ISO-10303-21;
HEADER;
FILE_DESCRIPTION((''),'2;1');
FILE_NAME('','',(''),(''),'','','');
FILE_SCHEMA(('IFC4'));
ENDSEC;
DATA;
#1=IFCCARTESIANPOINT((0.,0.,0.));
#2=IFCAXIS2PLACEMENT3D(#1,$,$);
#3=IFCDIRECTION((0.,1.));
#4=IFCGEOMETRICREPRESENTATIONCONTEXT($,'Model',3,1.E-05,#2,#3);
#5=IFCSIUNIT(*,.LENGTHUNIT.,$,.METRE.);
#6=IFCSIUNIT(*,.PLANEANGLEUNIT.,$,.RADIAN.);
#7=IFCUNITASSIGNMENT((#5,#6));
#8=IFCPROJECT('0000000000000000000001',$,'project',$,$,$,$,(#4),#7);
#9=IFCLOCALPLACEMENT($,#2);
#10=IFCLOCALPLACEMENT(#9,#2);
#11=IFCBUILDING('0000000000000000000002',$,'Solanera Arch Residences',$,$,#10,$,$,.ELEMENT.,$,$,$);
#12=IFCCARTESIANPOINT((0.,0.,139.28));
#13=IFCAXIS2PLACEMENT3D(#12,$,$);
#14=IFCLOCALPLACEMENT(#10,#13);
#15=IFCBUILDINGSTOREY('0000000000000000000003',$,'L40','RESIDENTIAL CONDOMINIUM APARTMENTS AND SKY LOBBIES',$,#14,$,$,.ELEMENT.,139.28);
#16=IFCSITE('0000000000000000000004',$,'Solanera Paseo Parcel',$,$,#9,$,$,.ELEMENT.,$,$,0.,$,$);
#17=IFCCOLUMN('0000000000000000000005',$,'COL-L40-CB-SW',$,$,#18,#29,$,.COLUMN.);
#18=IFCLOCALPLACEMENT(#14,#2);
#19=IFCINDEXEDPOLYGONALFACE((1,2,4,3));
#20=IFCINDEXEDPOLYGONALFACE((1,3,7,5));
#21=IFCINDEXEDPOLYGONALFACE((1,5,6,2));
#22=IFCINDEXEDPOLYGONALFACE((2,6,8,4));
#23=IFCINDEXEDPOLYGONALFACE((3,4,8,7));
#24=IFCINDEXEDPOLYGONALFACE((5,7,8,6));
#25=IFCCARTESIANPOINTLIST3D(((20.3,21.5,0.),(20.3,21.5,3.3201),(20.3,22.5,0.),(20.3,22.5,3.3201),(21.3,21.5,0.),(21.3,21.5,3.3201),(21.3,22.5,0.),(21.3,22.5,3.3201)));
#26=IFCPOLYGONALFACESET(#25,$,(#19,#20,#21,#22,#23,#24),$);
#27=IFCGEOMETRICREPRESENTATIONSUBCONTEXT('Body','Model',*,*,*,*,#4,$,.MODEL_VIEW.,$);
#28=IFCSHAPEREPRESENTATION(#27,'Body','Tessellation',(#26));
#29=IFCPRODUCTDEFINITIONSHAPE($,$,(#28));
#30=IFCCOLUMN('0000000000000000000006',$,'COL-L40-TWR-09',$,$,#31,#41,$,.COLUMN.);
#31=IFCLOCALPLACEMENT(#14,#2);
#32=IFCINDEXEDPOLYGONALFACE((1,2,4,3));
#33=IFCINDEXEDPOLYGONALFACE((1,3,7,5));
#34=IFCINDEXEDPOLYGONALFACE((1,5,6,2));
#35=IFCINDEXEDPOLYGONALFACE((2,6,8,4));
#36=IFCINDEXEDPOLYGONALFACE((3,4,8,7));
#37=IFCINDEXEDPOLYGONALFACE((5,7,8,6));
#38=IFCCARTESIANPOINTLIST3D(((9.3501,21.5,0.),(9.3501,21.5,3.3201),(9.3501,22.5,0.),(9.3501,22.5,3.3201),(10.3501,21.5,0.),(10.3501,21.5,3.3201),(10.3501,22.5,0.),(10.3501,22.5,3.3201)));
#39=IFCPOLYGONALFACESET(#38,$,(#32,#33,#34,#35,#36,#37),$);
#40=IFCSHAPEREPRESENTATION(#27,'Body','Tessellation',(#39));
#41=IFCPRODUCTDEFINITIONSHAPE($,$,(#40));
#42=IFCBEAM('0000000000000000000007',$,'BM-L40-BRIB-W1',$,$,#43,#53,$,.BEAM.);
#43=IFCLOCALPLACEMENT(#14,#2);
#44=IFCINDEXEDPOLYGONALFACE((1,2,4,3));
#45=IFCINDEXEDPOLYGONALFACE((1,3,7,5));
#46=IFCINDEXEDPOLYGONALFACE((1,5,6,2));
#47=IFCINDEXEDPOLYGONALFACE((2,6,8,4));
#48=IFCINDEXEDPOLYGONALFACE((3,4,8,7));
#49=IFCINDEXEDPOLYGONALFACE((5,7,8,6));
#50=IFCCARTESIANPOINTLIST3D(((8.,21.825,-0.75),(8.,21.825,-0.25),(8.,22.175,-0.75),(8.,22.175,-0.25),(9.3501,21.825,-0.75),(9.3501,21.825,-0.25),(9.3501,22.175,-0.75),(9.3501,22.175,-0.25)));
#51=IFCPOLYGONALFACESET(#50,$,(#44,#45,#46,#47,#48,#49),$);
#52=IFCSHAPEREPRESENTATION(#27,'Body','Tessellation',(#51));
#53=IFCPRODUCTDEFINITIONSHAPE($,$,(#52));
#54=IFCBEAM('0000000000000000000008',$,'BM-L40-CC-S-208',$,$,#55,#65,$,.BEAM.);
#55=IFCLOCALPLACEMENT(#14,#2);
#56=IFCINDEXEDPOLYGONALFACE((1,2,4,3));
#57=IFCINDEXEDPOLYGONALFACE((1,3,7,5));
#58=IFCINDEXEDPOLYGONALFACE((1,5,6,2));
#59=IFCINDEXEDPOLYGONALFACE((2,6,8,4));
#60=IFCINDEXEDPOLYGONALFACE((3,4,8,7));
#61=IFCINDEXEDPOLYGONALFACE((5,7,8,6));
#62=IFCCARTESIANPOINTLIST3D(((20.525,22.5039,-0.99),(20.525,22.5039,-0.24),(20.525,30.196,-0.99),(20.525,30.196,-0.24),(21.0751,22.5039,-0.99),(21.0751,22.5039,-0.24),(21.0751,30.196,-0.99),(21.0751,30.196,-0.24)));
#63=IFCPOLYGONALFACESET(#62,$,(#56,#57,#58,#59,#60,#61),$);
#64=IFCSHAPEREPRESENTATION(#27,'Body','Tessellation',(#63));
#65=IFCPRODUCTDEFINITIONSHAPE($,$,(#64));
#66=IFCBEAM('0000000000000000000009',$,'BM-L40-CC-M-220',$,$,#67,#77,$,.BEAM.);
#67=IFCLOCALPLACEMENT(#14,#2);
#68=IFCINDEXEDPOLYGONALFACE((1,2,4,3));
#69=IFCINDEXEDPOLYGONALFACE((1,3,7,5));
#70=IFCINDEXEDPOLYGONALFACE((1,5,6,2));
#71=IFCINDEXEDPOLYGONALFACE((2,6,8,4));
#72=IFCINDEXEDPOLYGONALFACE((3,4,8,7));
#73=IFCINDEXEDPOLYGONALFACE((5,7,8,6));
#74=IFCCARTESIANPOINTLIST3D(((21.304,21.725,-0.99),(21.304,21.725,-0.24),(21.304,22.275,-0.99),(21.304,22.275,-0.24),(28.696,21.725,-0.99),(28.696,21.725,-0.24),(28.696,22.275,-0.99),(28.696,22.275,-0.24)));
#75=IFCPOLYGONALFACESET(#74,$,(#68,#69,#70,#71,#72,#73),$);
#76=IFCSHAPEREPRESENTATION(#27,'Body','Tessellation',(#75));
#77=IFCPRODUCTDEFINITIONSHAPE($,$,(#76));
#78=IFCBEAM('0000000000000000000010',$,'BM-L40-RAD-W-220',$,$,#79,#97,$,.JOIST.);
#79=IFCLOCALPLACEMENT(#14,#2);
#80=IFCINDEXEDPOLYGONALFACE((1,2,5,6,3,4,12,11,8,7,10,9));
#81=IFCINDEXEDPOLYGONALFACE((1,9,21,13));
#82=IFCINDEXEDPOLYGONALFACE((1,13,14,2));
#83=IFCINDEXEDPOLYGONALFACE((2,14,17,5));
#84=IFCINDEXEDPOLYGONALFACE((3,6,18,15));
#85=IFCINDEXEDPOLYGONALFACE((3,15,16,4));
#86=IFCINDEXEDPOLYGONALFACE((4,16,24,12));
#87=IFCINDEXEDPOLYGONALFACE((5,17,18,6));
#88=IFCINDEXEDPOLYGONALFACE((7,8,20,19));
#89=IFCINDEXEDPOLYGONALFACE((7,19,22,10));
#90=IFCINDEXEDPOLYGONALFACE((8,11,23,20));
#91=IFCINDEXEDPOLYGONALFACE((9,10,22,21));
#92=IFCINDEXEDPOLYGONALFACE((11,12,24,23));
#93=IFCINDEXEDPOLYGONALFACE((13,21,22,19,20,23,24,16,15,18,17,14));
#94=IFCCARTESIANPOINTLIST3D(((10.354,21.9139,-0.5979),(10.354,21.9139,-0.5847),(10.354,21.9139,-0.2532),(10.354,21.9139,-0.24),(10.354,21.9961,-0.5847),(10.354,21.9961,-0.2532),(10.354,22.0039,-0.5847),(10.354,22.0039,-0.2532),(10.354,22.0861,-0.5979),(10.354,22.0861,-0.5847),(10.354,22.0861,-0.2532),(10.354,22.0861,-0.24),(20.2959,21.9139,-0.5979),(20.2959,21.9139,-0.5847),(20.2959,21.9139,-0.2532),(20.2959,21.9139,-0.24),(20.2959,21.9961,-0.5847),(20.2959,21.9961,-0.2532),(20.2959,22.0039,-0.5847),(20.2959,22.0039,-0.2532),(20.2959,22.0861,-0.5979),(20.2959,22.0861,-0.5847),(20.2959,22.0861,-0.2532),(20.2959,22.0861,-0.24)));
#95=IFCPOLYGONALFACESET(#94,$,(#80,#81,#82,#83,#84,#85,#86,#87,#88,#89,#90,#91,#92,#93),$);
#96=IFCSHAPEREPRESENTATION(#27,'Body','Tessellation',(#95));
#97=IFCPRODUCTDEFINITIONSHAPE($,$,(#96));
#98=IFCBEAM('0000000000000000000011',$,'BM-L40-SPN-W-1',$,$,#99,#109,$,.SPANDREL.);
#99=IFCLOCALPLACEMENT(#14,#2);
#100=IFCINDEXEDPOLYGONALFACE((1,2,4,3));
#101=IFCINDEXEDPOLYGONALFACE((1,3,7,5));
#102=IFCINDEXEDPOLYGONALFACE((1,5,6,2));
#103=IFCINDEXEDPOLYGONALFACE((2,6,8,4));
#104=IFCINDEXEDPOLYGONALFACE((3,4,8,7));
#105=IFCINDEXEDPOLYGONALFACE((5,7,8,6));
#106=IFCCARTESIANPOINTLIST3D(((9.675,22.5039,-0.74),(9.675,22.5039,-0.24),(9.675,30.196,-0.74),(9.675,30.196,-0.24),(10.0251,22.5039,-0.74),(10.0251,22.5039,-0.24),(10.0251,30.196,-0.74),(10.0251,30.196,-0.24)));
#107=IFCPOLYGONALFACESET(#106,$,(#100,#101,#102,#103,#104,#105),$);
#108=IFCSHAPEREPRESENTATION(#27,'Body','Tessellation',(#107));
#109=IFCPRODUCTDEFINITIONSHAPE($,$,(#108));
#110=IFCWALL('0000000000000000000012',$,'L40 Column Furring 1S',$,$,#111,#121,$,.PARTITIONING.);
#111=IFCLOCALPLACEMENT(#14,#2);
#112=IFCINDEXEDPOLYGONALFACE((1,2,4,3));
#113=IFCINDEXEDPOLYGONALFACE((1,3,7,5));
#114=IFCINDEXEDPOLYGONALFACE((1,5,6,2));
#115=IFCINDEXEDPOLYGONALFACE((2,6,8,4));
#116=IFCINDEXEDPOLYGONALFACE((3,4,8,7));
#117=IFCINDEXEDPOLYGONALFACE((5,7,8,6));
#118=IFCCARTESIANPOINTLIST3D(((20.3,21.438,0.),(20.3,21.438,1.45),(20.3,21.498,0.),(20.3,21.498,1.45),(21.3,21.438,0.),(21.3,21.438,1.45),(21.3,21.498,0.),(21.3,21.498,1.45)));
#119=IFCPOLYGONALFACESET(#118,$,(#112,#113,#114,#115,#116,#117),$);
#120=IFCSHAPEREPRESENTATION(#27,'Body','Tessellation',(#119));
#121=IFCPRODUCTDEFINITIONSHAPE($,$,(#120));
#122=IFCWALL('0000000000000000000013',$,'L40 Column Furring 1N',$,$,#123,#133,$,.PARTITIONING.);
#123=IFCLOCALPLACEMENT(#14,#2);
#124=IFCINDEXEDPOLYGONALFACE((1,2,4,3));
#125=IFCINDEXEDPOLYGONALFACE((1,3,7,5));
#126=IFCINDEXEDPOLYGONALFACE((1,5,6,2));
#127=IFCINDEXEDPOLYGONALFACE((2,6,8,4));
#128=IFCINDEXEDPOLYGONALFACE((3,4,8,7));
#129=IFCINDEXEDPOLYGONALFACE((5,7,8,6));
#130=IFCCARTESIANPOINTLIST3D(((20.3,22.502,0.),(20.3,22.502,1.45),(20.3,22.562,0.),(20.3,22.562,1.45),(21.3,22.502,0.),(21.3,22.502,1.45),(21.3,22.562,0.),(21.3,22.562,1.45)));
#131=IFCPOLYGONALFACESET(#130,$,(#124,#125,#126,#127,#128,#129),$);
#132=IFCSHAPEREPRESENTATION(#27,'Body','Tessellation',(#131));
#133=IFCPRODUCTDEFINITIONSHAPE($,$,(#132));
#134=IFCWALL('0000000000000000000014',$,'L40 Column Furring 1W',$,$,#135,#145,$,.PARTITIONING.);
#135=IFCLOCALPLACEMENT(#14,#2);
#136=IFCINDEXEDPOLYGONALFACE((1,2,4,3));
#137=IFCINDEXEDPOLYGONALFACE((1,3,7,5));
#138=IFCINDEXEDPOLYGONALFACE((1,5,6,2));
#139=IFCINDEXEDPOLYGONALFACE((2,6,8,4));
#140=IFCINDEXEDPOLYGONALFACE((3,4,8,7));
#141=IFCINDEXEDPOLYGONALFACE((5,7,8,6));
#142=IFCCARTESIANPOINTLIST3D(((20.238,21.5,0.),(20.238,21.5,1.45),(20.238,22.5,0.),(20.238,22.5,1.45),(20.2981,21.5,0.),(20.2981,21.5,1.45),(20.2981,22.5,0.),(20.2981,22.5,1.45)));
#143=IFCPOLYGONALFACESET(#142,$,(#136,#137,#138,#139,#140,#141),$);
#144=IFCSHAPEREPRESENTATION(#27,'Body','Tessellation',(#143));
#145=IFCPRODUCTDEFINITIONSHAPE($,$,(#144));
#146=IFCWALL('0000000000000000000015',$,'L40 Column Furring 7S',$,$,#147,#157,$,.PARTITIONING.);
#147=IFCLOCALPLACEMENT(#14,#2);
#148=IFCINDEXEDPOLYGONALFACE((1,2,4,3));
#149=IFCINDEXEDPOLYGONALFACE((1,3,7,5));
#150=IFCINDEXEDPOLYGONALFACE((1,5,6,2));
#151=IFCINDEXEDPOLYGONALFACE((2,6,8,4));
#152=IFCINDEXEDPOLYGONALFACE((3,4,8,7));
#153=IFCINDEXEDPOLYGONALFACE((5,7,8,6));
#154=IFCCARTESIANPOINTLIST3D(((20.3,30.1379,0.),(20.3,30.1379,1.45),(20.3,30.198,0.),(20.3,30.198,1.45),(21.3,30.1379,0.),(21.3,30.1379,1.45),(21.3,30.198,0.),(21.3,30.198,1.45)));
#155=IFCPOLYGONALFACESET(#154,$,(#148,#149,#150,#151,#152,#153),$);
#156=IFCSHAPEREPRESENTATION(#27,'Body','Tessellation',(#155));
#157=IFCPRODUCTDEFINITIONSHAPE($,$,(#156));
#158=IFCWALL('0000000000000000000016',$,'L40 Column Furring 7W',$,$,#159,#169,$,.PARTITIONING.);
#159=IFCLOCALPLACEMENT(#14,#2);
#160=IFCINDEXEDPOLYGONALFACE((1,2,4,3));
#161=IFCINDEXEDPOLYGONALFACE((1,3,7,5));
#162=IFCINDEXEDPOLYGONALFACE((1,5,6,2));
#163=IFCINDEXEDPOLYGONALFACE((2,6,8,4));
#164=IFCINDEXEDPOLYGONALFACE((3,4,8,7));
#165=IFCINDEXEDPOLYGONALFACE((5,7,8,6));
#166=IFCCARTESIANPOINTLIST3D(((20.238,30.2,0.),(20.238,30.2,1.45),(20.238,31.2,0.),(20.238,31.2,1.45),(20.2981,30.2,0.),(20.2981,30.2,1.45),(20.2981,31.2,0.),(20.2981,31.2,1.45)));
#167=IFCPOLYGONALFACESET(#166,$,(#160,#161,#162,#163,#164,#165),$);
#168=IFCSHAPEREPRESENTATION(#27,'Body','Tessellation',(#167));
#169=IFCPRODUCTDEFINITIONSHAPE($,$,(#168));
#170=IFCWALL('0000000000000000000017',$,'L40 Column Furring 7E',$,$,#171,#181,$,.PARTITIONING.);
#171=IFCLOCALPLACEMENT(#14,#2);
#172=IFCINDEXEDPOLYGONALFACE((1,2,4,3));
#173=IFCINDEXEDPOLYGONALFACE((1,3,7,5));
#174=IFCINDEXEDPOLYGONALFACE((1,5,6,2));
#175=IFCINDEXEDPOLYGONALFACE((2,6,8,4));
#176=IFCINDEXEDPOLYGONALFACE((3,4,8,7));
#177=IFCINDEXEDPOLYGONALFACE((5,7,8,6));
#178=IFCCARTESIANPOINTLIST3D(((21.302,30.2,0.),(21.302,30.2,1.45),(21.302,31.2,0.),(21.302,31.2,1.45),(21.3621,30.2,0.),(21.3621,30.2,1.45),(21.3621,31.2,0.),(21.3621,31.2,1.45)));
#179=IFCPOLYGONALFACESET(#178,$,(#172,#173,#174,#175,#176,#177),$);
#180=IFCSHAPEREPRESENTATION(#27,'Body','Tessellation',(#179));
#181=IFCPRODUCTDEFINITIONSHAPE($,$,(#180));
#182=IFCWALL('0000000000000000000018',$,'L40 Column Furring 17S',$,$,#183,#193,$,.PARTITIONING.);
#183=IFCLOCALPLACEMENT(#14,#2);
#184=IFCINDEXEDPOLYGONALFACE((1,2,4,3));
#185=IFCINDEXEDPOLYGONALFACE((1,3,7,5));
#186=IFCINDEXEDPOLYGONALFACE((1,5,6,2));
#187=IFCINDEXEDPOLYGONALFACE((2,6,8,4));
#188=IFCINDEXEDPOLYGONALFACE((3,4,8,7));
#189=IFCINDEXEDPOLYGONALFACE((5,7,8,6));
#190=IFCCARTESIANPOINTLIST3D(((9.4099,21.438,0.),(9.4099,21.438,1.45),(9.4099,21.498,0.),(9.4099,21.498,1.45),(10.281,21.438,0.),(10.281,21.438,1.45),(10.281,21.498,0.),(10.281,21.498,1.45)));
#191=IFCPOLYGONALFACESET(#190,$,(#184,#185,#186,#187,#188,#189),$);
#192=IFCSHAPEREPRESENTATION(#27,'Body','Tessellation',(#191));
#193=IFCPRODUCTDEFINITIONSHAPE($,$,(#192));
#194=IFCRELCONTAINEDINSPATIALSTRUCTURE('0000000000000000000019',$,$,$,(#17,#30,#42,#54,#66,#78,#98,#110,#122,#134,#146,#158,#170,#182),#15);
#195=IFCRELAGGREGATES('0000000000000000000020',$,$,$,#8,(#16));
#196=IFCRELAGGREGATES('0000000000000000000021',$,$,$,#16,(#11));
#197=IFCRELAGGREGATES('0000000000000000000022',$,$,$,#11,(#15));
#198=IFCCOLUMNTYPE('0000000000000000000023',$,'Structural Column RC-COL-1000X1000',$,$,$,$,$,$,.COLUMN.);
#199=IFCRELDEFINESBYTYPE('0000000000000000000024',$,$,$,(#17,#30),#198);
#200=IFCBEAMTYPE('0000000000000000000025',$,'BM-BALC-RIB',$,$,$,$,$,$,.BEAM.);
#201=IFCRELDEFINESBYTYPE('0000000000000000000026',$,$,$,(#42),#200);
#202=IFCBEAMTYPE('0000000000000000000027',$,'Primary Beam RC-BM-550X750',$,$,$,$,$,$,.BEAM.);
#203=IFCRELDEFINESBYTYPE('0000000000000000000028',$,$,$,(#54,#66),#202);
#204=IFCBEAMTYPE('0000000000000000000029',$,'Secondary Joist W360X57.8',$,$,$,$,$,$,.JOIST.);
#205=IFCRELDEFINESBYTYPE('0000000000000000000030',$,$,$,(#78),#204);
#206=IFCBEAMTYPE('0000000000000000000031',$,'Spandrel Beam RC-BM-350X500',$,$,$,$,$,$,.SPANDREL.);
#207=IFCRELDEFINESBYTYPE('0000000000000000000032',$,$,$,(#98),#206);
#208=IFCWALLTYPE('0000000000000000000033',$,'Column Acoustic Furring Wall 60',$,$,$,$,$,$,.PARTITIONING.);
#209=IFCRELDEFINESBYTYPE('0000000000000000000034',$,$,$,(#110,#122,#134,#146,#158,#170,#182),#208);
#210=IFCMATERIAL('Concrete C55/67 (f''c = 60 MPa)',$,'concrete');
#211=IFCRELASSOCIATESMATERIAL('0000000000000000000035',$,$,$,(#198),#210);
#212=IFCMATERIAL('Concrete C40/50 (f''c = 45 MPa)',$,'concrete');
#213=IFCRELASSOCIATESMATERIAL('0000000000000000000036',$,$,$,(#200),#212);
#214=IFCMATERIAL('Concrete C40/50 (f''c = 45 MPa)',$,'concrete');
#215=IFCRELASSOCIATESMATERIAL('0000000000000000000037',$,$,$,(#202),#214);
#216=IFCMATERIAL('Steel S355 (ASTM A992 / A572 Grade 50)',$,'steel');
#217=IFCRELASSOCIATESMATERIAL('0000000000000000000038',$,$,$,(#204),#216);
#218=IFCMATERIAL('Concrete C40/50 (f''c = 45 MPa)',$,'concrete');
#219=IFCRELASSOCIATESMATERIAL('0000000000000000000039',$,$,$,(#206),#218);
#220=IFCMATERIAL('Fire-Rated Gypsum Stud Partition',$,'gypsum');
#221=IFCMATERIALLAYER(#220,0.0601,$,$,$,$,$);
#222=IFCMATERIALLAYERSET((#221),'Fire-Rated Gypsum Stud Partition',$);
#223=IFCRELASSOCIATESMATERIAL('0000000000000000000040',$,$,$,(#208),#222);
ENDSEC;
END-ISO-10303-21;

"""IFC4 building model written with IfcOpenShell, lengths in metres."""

from ifc_helpers import new_model, si_unit, direction, frame, frame_2d, origin, origin_2d, place, context, subcontext, project, spatial, rectangle, i_section, extrude, material, layer, layer_set, material_profile, profile_set, type_object, element, save


model = new_model("IFC4")

# Units and contexts
model_context = context("Model", 3, precision=1e-05, world=origin(), true_north=direction((0.0, 1.0)))
body_context = subcontext(model_context, "Body", "Model", "MODEL_VIEW")
ifc_project = project(units=[si_unit("LENGTHUNIT", "METRE"), si_unit("PLANEANGLEUNIT", "RADIAN")], contexts=[model_context])

# Site, building, storey
site_placement = place(None, origin())
site = spatial("IfcSite", under=ifc_project, at=site_placement, Name="Solanera Paseo Parcel", CompositionType="ELEMENT", RefElevation=0.0)
building_placement = place(site_placement, origin())
building = spatial("IfcBuilding", under=site, at=building_placement, Name="Solanera Arch Residences", CompositionType="ELEMENT")
storey_placement = place(building_placement, frame((0.0, 0.0, 139.28)))
storey = spatial("IfcBuildingStorey", under=building, at=storey_placement, Name="L40", Description="RESIDENTIAL CONDOMINIUM APARTMENTS AND SKY LOBBIES", CompositionType="ELEMENT", Elevation=139.28)

# Columns
ifc_material_1 = material(Name="Concrete C55/67 (f'c = 60 MPa)", Category="concrete")
ifc_material_profile_1 = material_profile(ifc_material_1, rectangle(XDim=1.0, YDim=1.0, at=origin_2d()))
ifc_profile_set_1 = profile_set([ifc_material_profile_1], Name="Concrete C55/67 (f'c = 60 MPa)")
column_type = type_object("IfcColumnType", Name="Structural Column RC-COL-1000X1000", PredefinedType="COLUMN", material=ifc_profile_set_1)
for number, where, z_axis, x_axis, name in (
    (1, (20.8, 22.0, 0.0), (0.0, 0.0, 1.0), (1.0, 0.0, 0.0), "COL-L40-CB-SW"),
    (2, (9.8501, 22.0, 0.0), (0.0, 0.0, 1.0), (1.0, 0.0, 0.0), "COL-L40-TWR-09"),
):
    element("IfcColumn", number, at=place(storey_placement, frame(where, z_axis=z_axis, x_axis=x_axis)), inside=storey, type_object=column_type, Name=name, PredefinedType="COLUMN", context=body_context, shape_type="SweptSolid", body=[
        extrude(rectangle(XDim=1.0, YDim=1.0, at=origin_2d()), origin(), (0.0, 0.0, 1.0), 3.3201),
    ])

# Beams
ifc_material_2 = material(Name="Concrete C40/50 (f'c = 45 MPa)", Category="concrete")
ifc_material_profile_2 = material_profile(ifc_material_2, rectangle(XDim=0.3501, YDim=0.5, at=origin_2d()))
ifc_profile_set_2 = profile_set([ifc_material_profile_2], Name="Concrete C40/50 (f'c = 45 MPa)")
beam_type_1 = type_object("IfcBeamType", Name="BM-BALC-RIB", PredefinedType="BEAM", material=ifc_profile_set_2)
beam_1_placement = place(storey_placement, frame((8.0, 22.0, -0.5), z_axis=(1.0, 0.0, 0.0), x_axis=(0.0, 1.0, 0.0)))
element("IfcBeam", 3, at=beam_1_placement, inside=storey, type_object=beam_type_1, Name="BM-L40-BRIB-W1", PredefinedType="BEAM", context=body_context, shape_type="SweptSolid", body=[
    extrude(rectangle(XDim=0.3501, YDim=0.5, at=origin_2d()), origin(), (0.0, 0.0, 1.0), 1.3501),
])
ifc_material_3 = material(Name="Concrete C40/50 (f'c = 45 MPa)", Category="concrete")
ifc_material_profile_3 = material_profile(ifc_material_3, rectangle(XDim=0.55, YDim=0.75, at=origin_2d()))
ifc_profile_set_3 = profile_set([ifc_material_profile_3], Name="Concrete C40/50 (f'c = 45 MPa)")
beam_type_2 = type_object("IfcBeamType", Name="Primary Beam RC-BM-550X750", PredefinedType="BEAM", material=ifc_profile_set_3)
beam_2_placement = place(storey_placement, frame((20.8, 22.5039, -0.615), z_axis=(0.0, 1.0, 0.0), x_axis=(-1.0, 0.0, 0.0)))
element("IfcBeam", 4, at=beam_2_placement, inside=storey, type_object=beam_type_2, Name="BM-L40-CC-S-208", PredefinedType="BEAM", context=body_context, shape_type="SweptSolid", body=[
    extrude(rectangle(XDim=0.55, YDim=0.75, at=origin_2d()), origin(), (0.0, 0.0, 1.0), 7.6921),
])
beam_3_placement = place(storey_placement, frame((21.304, 22.0, -0.615), z_axis=(1.0, 0.0, 0.0), x_axis=(0.0, 1.0, 0.0)))
element("IfcBeam", 5, at=beam_3_placement, inside=storey, type_object=beam_type_2, Name="BM-L40-CC-M-220", PredefinedType="BEAM", context=body_context, shape_type="SweptSolid", body=[
    extrude(rectangle(XDim=0.55, YDim=0.75, at=origin_2d()), origin(), (0.0, 0.0, 1.0), 7.3921),
])
ifc_material_4 = material(Name="Steel S355 (ASTM A992 / A572 Grade 50)", Category="steel")
ifc_material_profile_4 = material_profile(ifc_material_4, i_section(OverallWidth=0.1721, OverallDepth=0.3579, WebThickness=0.0078, FlangeThickness=0.0132, at=origin_2d()))
ifc_profile_set_4 = profile_set([ifc_material_profile_4], Name="Steel S355 (ASTM A992 / A572 Grade 50)")
beam_type_3 = type_object("IfcBeamType", Name="Secondary Joist W360X57.8", PredefinedType="JOIST", material=ifc_profile_set_4)
beam_4_placement = place(storey_placement, frame((10.354, 22.0, -0.4189), z_axis=(1.0, 0.0, 0.0), x_axis=(0.0, 1.0, 0.0)))
element("IfcBeam", 6, at=beam_4_placement, inside=storey, type_object=beam_type_3, Name="BM-L40-RAD-W-220", PredefinedType="JOIST", context=body_context, shape_type="SweptSolid", body=[
    extrude(i_section(OverallWidth=0.1721, OverallDepth=0.3579, WebThickness=0.0078, FlangeThickness=0.0132, at=origin_2d()), origin(), (0.0, 0.0, 1.0), 9.9419),
])
ifc_material_5 = material(Name="Concrete C40/50 (f'c = 45 MPa)", Category="concrete")
ifc_material_profile_5 = material_profile(ifc_material_5, rectangle(XDim=0.3501, YDim=0.5, at=origin_2d()))
ifc_profile_set_5 = profile_set([ifc_material_profile_5], Name="Concrete C40/50 (f'c = 45 MPa)")
beam_type_4 = type_object("IfcBeamType", Name="Spandrel Beam RC-BM-350X500", PredefinedType="SPANDREL", material=ifc_profile_set_5)
beam_5_placement = place(storey_placement, frame((9.8501, 22.5039, -0.49), z_axis=(0.0, 1.0, 0.0), x_axis=(-1.0, 0.0, 0.0)))
element("IfcBeam", 7, at=beam_5_placement, inside=storey, type_object=beam_type_4, Name="BM-L40-SPN-W-1", PredefinedType="SPANDREL", context=body_context, shape_type="SweptSolid", body=[
    extrude(rectangle(XDim=0.3501, YDim=0.5, at=origin_2d()), origin(), (0.0, 0.0, 1.0), 7.6921),
])

# Walls
ifc_material_6 = material(Name="Fire-Rated Gypsum Stud Partition", Category="gypsum")
ifc_layer_1 = layer(ifc_material_6, 0.0601)
ifc_layer_set_1 = layer_set([ifc_layer_1], Name="Fire-Rated Gypsum Stud Partition")
wall_type_1 = type_object("IfcWallType", Name="Column Acoustic Furring Wall 60", PredefinedType="PARTITIONING", material=ifc_layer_set_1)
for number, where, z_axis, x_axis, name in (
    (8, (20.3, 21.468, 0.0), (0.0, 0.0, 1.0), (1.0, 0.0, 0.0), "L40 Column Furring 1S"),
    (9, (20.3, 22.532, 0.0), (0.0, 0.0, 1.0), (1.0, 0.0, 0.0), "L40 Column Furring 1N"),
    (10, (20.2681, 21.5, 0.0), (0.0, 0.0, 1.0), (0.0, 1.0, 0.0), "L40 Column Furring 1W"),
    (11, (20.3, 30.168, 0.0), (0.0, 0.0, 1.0), (1.0, 0.0, 0.0), "L40 Column Furring 7S"),
    (12, (20.2681, 30.2, 0.0), (0.0, 0.0, 1.0), (0.0, 1.0, 0.0), "L40 Column Furring 7W"),
    (13, (21.332, 30.2, 0.0), (0.0, 0.0, 1.0), (0.0, 1.0, 0.0), "L40 Column Furring 7E"),
):
    element("IfcWall", number, at=place(storey_placement, frame(where, z_axis=z_axis, x_axis=x_axis)), inside=storey, type_object=wall_type_1, Name=name, PredefinedType="PARTITIONING", context=body_context, shape_type="SweptSolid", body=[
        extrude(rectangle(XDim=1.0, YDim=0.0601, at=frame_2d((0.5, 0.0))), origin(), (0.0, 0.0, 1.0), 1.45),
    ])
wall_1_placement = place(storey_placement, frame((9.4099, 21.468, 0.0), z_axis=(0.0, 0.0, 1.0), x_axis=(1.0, 0.0, 0.0)))
element("IfcWall", 14, at=wall_1_placement, inside=storey, type_object=wall_type_1, Name="L40 Column Furring 17S", PredefinedType="PARTITIONING", context=body_context, shape_type="SweptSolid", body=[
    extrude(rectangle(XDim=0.8711, YDim=0.0601, at=frame_2d((0.4355, 0.0))), origin(), (0.0, 0.0, 1.0), 1.45),
])

save(model, "model.ifc")
